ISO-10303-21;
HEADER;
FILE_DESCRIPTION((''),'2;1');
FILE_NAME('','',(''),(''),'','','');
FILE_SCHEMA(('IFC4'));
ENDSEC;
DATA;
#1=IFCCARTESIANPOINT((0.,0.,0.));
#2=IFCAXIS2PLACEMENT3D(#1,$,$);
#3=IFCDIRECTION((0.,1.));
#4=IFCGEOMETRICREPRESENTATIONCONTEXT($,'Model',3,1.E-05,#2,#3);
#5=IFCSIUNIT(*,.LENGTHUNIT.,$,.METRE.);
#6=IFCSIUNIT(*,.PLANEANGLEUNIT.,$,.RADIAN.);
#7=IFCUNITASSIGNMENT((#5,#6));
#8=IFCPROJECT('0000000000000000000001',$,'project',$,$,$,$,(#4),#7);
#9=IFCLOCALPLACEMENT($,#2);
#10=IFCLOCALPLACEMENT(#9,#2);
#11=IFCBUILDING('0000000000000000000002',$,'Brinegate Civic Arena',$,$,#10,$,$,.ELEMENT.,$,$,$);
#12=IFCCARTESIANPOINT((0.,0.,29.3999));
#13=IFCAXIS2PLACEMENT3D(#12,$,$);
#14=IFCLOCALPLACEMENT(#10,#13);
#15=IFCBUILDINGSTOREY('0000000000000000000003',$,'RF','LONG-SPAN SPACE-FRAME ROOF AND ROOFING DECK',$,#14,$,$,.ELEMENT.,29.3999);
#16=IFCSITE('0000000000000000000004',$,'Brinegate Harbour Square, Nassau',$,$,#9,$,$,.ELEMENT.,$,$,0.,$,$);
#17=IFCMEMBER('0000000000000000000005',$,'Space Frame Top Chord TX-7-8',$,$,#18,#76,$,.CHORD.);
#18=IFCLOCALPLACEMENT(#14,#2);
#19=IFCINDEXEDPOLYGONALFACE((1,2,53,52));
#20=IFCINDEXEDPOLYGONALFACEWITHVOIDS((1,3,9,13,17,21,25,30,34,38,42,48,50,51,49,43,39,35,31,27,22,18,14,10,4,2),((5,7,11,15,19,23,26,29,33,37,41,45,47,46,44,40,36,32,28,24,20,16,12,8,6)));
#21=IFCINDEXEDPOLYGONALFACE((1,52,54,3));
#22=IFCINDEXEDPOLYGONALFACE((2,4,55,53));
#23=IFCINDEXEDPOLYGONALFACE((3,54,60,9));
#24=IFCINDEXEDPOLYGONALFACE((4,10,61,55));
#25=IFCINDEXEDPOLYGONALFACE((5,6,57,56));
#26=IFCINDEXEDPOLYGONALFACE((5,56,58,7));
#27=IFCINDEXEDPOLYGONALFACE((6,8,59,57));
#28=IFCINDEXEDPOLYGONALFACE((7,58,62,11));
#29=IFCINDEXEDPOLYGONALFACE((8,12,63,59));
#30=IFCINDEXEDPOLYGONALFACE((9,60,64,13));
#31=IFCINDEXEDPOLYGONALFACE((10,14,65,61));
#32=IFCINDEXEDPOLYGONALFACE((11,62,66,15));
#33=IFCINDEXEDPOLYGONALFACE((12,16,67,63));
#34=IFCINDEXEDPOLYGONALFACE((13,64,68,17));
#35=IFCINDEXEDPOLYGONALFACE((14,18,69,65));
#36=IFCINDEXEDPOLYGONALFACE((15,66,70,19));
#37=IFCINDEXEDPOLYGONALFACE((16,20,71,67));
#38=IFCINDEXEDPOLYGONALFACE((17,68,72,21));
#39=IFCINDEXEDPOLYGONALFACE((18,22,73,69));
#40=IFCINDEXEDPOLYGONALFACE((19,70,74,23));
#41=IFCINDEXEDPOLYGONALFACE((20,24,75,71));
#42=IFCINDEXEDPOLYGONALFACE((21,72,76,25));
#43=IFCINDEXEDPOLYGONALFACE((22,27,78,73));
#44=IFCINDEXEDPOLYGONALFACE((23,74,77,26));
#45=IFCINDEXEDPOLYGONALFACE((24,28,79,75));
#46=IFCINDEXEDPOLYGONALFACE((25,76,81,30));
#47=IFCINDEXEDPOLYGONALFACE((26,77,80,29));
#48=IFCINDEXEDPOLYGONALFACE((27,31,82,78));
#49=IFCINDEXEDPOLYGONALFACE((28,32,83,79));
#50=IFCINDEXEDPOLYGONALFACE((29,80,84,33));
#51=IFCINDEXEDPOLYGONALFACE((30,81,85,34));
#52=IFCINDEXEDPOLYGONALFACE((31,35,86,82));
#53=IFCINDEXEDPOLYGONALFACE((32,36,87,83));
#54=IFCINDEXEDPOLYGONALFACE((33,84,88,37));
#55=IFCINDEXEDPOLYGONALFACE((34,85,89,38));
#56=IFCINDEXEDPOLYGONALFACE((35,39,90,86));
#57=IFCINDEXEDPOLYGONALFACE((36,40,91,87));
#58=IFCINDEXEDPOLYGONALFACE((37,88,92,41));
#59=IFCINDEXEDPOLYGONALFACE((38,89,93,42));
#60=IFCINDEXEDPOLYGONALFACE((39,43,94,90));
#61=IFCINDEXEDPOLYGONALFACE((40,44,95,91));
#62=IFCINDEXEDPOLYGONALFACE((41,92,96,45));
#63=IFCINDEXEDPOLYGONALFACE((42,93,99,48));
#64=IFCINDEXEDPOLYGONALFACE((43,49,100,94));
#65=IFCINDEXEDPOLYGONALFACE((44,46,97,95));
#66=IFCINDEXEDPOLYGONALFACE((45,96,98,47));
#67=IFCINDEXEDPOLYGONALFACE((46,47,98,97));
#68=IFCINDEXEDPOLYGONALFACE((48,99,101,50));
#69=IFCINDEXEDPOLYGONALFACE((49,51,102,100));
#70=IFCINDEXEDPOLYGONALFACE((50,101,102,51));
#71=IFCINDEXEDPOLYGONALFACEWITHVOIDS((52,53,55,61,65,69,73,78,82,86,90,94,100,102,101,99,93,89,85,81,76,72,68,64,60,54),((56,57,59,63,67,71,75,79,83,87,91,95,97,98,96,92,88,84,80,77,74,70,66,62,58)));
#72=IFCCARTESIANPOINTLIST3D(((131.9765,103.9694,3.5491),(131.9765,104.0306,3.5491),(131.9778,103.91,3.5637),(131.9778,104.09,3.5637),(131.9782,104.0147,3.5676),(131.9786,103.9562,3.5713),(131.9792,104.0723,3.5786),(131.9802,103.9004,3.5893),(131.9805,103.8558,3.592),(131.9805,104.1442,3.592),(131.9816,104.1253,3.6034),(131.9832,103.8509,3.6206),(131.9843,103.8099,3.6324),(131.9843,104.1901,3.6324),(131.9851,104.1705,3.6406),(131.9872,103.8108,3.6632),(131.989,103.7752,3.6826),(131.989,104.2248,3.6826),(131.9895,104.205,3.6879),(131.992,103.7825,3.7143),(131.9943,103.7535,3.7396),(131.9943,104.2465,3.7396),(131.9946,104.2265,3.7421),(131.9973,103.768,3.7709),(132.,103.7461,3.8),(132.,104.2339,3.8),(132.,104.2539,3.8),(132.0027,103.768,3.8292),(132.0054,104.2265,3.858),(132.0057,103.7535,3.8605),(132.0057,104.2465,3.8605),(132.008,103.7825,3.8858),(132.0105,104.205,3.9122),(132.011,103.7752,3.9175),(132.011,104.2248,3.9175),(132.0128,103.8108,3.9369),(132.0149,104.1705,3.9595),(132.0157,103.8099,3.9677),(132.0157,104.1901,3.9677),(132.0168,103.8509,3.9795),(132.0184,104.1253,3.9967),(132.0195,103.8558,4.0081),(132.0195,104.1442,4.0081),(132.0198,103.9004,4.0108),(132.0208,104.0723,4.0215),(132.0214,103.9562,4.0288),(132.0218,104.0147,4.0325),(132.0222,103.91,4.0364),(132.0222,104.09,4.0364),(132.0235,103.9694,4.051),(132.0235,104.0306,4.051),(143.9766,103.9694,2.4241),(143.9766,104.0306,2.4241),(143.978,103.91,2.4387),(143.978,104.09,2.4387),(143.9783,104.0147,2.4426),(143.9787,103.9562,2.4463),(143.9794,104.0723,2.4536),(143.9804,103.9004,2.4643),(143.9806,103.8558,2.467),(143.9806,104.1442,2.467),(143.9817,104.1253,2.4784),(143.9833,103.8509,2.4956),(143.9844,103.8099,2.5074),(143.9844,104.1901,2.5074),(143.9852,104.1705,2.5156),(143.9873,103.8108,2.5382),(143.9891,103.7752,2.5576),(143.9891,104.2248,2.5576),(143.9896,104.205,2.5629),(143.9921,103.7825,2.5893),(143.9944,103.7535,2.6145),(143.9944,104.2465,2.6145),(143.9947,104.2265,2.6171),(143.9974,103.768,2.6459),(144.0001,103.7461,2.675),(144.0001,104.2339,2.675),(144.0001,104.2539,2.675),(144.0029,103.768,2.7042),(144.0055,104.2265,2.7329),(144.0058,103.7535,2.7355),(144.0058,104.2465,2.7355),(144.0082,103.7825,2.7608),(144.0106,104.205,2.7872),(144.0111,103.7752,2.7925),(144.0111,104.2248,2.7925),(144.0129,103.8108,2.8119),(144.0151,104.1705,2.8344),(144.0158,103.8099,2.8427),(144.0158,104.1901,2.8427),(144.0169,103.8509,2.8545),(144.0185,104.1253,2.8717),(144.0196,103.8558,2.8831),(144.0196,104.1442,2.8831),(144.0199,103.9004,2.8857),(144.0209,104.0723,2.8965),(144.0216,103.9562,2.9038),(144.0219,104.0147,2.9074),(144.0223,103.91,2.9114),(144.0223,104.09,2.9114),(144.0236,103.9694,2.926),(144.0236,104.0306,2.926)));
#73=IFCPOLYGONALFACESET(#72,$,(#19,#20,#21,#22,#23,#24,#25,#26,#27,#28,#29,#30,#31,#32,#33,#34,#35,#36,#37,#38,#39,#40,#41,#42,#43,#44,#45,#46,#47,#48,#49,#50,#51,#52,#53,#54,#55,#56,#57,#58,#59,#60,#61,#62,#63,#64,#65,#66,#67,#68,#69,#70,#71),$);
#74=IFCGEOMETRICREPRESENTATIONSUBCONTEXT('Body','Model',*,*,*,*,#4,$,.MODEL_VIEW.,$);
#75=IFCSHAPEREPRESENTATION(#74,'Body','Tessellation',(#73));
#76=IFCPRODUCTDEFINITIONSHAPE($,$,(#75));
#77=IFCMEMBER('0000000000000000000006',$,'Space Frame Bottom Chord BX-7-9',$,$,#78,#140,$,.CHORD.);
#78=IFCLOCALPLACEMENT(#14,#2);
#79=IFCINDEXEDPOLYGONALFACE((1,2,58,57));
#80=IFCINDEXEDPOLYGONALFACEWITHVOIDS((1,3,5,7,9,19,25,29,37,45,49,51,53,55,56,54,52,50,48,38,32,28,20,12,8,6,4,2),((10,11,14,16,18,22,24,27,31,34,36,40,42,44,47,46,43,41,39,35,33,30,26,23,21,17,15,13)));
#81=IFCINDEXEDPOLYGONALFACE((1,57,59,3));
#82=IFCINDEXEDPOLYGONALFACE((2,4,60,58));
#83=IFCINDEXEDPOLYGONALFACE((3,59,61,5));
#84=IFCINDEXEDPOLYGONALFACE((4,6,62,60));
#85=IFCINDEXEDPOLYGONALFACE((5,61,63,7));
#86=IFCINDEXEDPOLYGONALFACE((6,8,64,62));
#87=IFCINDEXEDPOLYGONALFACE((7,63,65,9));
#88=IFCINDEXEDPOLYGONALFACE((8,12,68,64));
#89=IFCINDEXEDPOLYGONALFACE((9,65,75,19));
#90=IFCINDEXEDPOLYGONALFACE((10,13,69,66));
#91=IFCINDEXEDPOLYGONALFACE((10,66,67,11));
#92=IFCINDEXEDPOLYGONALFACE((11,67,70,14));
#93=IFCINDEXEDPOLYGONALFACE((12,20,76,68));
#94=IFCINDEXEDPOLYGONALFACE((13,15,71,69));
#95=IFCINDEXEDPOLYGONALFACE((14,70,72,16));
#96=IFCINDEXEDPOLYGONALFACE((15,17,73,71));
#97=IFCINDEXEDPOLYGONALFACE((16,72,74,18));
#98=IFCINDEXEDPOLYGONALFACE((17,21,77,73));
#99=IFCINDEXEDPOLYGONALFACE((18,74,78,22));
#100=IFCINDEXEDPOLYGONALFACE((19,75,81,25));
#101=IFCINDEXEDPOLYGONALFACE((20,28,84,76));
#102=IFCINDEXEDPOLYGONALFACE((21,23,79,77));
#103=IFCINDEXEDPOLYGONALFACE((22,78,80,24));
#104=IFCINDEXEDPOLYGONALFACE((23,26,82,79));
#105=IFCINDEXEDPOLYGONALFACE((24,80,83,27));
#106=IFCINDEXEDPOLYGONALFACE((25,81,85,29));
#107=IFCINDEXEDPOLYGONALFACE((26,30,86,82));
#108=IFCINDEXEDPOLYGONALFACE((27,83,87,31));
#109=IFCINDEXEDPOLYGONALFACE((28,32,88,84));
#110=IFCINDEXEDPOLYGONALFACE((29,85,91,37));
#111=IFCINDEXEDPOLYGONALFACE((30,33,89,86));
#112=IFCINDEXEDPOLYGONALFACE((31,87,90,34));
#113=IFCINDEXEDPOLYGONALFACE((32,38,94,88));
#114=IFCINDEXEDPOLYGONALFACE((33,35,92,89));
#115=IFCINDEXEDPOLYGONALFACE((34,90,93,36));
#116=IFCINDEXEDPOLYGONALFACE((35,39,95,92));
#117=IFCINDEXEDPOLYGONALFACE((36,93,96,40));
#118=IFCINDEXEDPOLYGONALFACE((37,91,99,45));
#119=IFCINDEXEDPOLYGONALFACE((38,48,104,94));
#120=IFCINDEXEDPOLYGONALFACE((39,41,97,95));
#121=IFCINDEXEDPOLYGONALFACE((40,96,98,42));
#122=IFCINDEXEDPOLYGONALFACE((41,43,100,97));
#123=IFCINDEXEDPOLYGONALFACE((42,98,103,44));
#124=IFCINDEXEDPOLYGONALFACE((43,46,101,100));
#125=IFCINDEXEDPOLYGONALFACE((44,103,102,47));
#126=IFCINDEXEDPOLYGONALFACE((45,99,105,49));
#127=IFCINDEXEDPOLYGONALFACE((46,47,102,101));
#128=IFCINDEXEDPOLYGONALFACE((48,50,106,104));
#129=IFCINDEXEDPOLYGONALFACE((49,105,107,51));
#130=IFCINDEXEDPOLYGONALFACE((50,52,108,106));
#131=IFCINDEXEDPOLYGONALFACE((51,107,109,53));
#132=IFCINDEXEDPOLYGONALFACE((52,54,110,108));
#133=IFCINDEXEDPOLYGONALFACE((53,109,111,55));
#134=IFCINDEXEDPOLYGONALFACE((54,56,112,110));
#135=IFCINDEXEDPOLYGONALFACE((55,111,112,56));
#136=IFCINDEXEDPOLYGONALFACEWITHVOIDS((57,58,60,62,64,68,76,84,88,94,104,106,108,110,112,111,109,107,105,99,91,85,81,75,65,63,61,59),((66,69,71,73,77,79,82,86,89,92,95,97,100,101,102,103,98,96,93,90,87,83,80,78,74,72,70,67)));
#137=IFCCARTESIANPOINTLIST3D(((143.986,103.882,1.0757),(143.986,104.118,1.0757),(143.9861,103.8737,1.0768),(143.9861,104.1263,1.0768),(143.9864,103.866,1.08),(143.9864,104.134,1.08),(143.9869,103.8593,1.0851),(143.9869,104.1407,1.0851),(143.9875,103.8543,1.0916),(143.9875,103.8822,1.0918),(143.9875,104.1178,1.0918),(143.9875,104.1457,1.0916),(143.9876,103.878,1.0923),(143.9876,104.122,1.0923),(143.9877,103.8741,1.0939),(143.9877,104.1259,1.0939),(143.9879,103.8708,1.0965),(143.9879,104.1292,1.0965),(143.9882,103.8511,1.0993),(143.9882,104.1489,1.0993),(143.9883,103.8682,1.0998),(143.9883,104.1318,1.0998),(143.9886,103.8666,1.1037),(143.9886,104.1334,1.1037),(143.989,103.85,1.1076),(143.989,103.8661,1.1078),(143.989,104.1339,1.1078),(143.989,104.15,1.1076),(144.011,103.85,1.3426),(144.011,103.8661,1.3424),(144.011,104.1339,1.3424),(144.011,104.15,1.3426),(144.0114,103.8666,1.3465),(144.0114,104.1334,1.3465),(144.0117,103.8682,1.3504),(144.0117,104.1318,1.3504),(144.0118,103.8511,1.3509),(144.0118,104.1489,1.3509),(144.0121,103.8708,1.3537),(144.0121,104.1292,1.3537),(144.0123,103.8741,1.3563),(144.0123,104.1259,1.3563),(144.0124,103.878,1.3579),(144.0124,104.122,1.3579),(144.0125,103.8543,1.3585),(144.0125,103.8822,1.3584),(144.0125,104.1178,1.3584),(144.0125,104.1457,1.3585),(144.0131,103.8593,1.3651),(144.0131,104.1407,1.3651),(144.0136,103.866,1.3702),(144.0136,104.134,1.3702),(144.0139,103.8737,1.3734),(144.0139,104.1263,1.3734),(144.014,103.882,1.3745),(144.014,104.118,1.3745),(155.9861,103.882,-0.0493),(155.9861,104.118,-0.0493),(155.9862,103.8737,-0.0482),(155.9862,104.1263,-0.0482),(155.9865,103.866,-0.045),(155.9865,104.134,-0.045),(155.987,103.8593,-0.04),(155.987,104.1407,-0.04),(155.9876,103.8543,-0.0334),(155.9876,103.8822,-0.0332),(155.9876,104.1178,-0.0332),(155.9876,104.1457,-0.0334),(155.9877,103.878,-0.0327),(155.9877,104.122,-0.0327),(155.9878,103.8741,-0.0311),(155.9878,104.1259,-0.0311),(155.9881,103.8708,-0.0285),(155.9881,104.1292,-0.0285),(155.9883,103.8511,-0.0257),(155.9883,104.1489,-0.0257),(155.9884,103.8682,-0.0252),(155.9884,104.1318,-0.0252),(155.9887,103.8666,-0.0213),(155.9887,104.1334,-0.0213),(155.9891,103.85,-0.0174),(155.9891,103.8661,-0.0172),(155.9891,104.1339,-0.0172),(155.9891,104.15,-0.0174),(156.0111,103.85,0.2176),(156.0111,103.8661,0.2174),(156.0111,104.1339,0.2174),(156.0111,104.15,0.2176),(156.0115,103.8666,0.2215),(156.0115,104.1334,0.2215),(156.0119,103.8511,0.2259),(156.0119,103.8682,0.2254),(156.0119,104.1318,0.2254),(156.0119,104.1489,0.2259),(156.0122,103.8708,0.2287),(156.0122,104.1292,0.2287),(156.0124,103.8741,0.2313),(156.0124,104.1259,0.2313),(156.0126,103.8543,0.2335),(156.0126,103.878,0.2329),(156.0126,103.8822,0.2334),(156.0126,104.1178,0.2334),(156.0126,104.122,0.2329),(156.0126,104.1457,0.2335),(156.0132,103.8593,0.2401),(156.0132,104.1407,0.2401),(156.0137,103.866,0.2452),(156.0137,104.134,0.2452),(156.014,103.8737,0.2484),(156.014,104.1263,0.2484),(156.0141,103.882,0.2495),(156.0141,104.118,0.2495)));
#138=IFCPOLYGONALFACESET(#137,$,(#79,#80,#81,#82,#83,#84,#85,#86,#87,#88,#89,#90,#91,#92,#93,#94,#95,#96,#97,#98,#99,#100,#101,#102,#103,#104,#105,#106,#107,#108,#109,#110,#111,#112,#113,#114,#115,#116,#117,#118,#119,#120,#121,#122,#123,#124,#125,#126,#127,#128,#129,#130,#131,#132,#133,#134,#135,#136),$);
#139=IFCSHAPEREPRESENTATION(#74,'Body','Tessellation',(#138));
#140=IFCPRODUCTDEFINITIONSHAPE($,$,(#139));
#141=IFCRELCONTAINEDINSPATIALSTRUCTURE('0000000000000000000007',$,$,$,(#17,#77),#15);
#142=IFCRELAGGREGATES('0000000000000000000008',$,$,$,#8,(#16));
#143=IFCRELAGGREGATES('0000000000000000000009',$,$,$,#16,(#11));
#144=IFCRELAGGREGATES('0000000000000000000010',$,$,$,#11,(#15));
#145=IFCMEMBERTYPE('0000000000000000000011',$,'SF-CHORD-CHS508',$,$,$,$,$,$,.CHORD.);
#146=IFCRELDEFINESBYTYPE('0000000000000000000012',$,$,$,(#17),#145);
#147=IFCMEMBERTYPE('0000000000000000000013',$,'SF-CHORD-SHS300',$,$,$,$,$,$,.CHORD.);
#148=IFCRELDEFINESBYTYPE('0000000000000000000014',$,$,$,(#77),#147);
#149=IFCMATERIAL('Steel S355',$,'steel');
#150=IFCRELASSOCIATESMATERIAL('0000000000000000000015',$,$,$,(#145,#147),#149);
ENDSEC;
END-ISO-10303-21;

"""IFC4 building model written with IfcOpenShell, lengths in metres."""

from ifc_helpers import new_model, si_unit, direction, frame, origin, origin_2d, place, context, subcontext, project, spatial, hollow_rectangle, hollow_circle, extrude, material, material_profile, profile_set, type_object, element, save


model = new_model("IFC4")

# Units and contexts
model_context = context("Model", 3, precision=1e-05, world=origin(), true_north=direction((0.0, 1.0)))
body_context = subcontext(model_context, "Body", "Model", "MODEL_VIEW")
ifc_project = project(units=[si_unit("LENGTHUNIT", "METRE"), si_unit("PLANEANGLEUNIT", "RADIAN")], contexts=[model_context])

# Site, building, storey
site_placement = place(None, origin())
site = spatial("IfcSite", under=ifc_project, at=site_placement, Name="Brinegate Harbour Square, Nassau", CompositionType="ELEMENT", RefElevation=0.0)
building_placement = place(site_placement, origin())
building = spatial("IfcBuilding", under=site, at=building_placement, Name="Brinegate Civic Arena", CompositionType="ELEMENT")
storey_placement = place(building_placement, frame((0.0, 0.0, 29.3999)))
storey = spatial("IfcBuildingStorey", under=building, at=storey_placement, Name="RF", Description="LONG-SPAN SPACE-FRAME ROOF AND ROOFING DECK", CompositionType="ELEMENT", Elevation=29.3999)

# Shared definitions
ifc_material_1 = material(Name="Steel S355", Category="steel")

# Members
ifc_material_profile_1 = material_profile(ifc_material_1, hollow_circle(Radius=0.2539, WallThickness=0.02, at=origin_2d()), Name="CHS508X20")
ifc_profile_set_1 = profile_set([ifc_material_profile_1], Name="Steel S355")
member_type_1 = type_object("IfcMemberType", Name="SF-CHORD-CHS508", PredefinedType="CHORD", material=ifc_profile_set_1)
member_1_placement = place(storey_placement, frame((132.0, 104.0, 3.8), z_axis=(0.995634, 0.0, -0.093341), x_axis=(0.0, 1.0, 0.0)))
element("IfcMember", 1, at=member_1_placement, inside=storey, type_object=member_type_1, Name="Space Frame Top Chord TX-7-8", PredefinedType="CHORD", context=body_context, shape_type="SweptSolid", body=[
    extrude(hollow_circle(Radius=0.2539, WallThickness=0.02, at=origin_2d()), origin(), (0.0, 0.0, 1.0), 12.0527),
])
ifc_material_profile_2 = material_profile(ifc_material_1, hollow_rectangle(XDim=0.3, YDim=0.3, WallThickness=0.0161, InnerFilletRadius=0.0161, OuterFilletRadius=0.032, at=origin_2d()), Name="SHS300X16")
ifc_profile_set_2 = profile_set([ifc_material_profile_2], Name="Steel S355")
member_type_2 = type_object("IfcMemberType", Name="SF-CHORD-SHS300", PredefinedType="CHORD", material=ifc_profile_set_2)
member_2_placement = place(storey_placement, frame((144.0, 104.0, 1.2251), z_axis=(0.995634, 0.0, -0.093341), x_axis=(0.0, 1.0, 0.0)))
element("IfcMember", 2, at=member_2_placement, inside=storey, type_object=member_type_2, Name="Space Frame Bottom Chord BX-7-9", PredefinedType="CHORD", context=body_context, shape_type="SweptSolid", body=[
    extrude(hollow_rectangle(XDim=0.3, YDim=0.3, WallThickness=0.0161, InnerFilletRadius=0.0161, OuterFilletRadius=0.032, at=origin_2d()), origin(), (0.0, 0.0, 1.0), 12.0527),
])

save(model, "model.ifc")
